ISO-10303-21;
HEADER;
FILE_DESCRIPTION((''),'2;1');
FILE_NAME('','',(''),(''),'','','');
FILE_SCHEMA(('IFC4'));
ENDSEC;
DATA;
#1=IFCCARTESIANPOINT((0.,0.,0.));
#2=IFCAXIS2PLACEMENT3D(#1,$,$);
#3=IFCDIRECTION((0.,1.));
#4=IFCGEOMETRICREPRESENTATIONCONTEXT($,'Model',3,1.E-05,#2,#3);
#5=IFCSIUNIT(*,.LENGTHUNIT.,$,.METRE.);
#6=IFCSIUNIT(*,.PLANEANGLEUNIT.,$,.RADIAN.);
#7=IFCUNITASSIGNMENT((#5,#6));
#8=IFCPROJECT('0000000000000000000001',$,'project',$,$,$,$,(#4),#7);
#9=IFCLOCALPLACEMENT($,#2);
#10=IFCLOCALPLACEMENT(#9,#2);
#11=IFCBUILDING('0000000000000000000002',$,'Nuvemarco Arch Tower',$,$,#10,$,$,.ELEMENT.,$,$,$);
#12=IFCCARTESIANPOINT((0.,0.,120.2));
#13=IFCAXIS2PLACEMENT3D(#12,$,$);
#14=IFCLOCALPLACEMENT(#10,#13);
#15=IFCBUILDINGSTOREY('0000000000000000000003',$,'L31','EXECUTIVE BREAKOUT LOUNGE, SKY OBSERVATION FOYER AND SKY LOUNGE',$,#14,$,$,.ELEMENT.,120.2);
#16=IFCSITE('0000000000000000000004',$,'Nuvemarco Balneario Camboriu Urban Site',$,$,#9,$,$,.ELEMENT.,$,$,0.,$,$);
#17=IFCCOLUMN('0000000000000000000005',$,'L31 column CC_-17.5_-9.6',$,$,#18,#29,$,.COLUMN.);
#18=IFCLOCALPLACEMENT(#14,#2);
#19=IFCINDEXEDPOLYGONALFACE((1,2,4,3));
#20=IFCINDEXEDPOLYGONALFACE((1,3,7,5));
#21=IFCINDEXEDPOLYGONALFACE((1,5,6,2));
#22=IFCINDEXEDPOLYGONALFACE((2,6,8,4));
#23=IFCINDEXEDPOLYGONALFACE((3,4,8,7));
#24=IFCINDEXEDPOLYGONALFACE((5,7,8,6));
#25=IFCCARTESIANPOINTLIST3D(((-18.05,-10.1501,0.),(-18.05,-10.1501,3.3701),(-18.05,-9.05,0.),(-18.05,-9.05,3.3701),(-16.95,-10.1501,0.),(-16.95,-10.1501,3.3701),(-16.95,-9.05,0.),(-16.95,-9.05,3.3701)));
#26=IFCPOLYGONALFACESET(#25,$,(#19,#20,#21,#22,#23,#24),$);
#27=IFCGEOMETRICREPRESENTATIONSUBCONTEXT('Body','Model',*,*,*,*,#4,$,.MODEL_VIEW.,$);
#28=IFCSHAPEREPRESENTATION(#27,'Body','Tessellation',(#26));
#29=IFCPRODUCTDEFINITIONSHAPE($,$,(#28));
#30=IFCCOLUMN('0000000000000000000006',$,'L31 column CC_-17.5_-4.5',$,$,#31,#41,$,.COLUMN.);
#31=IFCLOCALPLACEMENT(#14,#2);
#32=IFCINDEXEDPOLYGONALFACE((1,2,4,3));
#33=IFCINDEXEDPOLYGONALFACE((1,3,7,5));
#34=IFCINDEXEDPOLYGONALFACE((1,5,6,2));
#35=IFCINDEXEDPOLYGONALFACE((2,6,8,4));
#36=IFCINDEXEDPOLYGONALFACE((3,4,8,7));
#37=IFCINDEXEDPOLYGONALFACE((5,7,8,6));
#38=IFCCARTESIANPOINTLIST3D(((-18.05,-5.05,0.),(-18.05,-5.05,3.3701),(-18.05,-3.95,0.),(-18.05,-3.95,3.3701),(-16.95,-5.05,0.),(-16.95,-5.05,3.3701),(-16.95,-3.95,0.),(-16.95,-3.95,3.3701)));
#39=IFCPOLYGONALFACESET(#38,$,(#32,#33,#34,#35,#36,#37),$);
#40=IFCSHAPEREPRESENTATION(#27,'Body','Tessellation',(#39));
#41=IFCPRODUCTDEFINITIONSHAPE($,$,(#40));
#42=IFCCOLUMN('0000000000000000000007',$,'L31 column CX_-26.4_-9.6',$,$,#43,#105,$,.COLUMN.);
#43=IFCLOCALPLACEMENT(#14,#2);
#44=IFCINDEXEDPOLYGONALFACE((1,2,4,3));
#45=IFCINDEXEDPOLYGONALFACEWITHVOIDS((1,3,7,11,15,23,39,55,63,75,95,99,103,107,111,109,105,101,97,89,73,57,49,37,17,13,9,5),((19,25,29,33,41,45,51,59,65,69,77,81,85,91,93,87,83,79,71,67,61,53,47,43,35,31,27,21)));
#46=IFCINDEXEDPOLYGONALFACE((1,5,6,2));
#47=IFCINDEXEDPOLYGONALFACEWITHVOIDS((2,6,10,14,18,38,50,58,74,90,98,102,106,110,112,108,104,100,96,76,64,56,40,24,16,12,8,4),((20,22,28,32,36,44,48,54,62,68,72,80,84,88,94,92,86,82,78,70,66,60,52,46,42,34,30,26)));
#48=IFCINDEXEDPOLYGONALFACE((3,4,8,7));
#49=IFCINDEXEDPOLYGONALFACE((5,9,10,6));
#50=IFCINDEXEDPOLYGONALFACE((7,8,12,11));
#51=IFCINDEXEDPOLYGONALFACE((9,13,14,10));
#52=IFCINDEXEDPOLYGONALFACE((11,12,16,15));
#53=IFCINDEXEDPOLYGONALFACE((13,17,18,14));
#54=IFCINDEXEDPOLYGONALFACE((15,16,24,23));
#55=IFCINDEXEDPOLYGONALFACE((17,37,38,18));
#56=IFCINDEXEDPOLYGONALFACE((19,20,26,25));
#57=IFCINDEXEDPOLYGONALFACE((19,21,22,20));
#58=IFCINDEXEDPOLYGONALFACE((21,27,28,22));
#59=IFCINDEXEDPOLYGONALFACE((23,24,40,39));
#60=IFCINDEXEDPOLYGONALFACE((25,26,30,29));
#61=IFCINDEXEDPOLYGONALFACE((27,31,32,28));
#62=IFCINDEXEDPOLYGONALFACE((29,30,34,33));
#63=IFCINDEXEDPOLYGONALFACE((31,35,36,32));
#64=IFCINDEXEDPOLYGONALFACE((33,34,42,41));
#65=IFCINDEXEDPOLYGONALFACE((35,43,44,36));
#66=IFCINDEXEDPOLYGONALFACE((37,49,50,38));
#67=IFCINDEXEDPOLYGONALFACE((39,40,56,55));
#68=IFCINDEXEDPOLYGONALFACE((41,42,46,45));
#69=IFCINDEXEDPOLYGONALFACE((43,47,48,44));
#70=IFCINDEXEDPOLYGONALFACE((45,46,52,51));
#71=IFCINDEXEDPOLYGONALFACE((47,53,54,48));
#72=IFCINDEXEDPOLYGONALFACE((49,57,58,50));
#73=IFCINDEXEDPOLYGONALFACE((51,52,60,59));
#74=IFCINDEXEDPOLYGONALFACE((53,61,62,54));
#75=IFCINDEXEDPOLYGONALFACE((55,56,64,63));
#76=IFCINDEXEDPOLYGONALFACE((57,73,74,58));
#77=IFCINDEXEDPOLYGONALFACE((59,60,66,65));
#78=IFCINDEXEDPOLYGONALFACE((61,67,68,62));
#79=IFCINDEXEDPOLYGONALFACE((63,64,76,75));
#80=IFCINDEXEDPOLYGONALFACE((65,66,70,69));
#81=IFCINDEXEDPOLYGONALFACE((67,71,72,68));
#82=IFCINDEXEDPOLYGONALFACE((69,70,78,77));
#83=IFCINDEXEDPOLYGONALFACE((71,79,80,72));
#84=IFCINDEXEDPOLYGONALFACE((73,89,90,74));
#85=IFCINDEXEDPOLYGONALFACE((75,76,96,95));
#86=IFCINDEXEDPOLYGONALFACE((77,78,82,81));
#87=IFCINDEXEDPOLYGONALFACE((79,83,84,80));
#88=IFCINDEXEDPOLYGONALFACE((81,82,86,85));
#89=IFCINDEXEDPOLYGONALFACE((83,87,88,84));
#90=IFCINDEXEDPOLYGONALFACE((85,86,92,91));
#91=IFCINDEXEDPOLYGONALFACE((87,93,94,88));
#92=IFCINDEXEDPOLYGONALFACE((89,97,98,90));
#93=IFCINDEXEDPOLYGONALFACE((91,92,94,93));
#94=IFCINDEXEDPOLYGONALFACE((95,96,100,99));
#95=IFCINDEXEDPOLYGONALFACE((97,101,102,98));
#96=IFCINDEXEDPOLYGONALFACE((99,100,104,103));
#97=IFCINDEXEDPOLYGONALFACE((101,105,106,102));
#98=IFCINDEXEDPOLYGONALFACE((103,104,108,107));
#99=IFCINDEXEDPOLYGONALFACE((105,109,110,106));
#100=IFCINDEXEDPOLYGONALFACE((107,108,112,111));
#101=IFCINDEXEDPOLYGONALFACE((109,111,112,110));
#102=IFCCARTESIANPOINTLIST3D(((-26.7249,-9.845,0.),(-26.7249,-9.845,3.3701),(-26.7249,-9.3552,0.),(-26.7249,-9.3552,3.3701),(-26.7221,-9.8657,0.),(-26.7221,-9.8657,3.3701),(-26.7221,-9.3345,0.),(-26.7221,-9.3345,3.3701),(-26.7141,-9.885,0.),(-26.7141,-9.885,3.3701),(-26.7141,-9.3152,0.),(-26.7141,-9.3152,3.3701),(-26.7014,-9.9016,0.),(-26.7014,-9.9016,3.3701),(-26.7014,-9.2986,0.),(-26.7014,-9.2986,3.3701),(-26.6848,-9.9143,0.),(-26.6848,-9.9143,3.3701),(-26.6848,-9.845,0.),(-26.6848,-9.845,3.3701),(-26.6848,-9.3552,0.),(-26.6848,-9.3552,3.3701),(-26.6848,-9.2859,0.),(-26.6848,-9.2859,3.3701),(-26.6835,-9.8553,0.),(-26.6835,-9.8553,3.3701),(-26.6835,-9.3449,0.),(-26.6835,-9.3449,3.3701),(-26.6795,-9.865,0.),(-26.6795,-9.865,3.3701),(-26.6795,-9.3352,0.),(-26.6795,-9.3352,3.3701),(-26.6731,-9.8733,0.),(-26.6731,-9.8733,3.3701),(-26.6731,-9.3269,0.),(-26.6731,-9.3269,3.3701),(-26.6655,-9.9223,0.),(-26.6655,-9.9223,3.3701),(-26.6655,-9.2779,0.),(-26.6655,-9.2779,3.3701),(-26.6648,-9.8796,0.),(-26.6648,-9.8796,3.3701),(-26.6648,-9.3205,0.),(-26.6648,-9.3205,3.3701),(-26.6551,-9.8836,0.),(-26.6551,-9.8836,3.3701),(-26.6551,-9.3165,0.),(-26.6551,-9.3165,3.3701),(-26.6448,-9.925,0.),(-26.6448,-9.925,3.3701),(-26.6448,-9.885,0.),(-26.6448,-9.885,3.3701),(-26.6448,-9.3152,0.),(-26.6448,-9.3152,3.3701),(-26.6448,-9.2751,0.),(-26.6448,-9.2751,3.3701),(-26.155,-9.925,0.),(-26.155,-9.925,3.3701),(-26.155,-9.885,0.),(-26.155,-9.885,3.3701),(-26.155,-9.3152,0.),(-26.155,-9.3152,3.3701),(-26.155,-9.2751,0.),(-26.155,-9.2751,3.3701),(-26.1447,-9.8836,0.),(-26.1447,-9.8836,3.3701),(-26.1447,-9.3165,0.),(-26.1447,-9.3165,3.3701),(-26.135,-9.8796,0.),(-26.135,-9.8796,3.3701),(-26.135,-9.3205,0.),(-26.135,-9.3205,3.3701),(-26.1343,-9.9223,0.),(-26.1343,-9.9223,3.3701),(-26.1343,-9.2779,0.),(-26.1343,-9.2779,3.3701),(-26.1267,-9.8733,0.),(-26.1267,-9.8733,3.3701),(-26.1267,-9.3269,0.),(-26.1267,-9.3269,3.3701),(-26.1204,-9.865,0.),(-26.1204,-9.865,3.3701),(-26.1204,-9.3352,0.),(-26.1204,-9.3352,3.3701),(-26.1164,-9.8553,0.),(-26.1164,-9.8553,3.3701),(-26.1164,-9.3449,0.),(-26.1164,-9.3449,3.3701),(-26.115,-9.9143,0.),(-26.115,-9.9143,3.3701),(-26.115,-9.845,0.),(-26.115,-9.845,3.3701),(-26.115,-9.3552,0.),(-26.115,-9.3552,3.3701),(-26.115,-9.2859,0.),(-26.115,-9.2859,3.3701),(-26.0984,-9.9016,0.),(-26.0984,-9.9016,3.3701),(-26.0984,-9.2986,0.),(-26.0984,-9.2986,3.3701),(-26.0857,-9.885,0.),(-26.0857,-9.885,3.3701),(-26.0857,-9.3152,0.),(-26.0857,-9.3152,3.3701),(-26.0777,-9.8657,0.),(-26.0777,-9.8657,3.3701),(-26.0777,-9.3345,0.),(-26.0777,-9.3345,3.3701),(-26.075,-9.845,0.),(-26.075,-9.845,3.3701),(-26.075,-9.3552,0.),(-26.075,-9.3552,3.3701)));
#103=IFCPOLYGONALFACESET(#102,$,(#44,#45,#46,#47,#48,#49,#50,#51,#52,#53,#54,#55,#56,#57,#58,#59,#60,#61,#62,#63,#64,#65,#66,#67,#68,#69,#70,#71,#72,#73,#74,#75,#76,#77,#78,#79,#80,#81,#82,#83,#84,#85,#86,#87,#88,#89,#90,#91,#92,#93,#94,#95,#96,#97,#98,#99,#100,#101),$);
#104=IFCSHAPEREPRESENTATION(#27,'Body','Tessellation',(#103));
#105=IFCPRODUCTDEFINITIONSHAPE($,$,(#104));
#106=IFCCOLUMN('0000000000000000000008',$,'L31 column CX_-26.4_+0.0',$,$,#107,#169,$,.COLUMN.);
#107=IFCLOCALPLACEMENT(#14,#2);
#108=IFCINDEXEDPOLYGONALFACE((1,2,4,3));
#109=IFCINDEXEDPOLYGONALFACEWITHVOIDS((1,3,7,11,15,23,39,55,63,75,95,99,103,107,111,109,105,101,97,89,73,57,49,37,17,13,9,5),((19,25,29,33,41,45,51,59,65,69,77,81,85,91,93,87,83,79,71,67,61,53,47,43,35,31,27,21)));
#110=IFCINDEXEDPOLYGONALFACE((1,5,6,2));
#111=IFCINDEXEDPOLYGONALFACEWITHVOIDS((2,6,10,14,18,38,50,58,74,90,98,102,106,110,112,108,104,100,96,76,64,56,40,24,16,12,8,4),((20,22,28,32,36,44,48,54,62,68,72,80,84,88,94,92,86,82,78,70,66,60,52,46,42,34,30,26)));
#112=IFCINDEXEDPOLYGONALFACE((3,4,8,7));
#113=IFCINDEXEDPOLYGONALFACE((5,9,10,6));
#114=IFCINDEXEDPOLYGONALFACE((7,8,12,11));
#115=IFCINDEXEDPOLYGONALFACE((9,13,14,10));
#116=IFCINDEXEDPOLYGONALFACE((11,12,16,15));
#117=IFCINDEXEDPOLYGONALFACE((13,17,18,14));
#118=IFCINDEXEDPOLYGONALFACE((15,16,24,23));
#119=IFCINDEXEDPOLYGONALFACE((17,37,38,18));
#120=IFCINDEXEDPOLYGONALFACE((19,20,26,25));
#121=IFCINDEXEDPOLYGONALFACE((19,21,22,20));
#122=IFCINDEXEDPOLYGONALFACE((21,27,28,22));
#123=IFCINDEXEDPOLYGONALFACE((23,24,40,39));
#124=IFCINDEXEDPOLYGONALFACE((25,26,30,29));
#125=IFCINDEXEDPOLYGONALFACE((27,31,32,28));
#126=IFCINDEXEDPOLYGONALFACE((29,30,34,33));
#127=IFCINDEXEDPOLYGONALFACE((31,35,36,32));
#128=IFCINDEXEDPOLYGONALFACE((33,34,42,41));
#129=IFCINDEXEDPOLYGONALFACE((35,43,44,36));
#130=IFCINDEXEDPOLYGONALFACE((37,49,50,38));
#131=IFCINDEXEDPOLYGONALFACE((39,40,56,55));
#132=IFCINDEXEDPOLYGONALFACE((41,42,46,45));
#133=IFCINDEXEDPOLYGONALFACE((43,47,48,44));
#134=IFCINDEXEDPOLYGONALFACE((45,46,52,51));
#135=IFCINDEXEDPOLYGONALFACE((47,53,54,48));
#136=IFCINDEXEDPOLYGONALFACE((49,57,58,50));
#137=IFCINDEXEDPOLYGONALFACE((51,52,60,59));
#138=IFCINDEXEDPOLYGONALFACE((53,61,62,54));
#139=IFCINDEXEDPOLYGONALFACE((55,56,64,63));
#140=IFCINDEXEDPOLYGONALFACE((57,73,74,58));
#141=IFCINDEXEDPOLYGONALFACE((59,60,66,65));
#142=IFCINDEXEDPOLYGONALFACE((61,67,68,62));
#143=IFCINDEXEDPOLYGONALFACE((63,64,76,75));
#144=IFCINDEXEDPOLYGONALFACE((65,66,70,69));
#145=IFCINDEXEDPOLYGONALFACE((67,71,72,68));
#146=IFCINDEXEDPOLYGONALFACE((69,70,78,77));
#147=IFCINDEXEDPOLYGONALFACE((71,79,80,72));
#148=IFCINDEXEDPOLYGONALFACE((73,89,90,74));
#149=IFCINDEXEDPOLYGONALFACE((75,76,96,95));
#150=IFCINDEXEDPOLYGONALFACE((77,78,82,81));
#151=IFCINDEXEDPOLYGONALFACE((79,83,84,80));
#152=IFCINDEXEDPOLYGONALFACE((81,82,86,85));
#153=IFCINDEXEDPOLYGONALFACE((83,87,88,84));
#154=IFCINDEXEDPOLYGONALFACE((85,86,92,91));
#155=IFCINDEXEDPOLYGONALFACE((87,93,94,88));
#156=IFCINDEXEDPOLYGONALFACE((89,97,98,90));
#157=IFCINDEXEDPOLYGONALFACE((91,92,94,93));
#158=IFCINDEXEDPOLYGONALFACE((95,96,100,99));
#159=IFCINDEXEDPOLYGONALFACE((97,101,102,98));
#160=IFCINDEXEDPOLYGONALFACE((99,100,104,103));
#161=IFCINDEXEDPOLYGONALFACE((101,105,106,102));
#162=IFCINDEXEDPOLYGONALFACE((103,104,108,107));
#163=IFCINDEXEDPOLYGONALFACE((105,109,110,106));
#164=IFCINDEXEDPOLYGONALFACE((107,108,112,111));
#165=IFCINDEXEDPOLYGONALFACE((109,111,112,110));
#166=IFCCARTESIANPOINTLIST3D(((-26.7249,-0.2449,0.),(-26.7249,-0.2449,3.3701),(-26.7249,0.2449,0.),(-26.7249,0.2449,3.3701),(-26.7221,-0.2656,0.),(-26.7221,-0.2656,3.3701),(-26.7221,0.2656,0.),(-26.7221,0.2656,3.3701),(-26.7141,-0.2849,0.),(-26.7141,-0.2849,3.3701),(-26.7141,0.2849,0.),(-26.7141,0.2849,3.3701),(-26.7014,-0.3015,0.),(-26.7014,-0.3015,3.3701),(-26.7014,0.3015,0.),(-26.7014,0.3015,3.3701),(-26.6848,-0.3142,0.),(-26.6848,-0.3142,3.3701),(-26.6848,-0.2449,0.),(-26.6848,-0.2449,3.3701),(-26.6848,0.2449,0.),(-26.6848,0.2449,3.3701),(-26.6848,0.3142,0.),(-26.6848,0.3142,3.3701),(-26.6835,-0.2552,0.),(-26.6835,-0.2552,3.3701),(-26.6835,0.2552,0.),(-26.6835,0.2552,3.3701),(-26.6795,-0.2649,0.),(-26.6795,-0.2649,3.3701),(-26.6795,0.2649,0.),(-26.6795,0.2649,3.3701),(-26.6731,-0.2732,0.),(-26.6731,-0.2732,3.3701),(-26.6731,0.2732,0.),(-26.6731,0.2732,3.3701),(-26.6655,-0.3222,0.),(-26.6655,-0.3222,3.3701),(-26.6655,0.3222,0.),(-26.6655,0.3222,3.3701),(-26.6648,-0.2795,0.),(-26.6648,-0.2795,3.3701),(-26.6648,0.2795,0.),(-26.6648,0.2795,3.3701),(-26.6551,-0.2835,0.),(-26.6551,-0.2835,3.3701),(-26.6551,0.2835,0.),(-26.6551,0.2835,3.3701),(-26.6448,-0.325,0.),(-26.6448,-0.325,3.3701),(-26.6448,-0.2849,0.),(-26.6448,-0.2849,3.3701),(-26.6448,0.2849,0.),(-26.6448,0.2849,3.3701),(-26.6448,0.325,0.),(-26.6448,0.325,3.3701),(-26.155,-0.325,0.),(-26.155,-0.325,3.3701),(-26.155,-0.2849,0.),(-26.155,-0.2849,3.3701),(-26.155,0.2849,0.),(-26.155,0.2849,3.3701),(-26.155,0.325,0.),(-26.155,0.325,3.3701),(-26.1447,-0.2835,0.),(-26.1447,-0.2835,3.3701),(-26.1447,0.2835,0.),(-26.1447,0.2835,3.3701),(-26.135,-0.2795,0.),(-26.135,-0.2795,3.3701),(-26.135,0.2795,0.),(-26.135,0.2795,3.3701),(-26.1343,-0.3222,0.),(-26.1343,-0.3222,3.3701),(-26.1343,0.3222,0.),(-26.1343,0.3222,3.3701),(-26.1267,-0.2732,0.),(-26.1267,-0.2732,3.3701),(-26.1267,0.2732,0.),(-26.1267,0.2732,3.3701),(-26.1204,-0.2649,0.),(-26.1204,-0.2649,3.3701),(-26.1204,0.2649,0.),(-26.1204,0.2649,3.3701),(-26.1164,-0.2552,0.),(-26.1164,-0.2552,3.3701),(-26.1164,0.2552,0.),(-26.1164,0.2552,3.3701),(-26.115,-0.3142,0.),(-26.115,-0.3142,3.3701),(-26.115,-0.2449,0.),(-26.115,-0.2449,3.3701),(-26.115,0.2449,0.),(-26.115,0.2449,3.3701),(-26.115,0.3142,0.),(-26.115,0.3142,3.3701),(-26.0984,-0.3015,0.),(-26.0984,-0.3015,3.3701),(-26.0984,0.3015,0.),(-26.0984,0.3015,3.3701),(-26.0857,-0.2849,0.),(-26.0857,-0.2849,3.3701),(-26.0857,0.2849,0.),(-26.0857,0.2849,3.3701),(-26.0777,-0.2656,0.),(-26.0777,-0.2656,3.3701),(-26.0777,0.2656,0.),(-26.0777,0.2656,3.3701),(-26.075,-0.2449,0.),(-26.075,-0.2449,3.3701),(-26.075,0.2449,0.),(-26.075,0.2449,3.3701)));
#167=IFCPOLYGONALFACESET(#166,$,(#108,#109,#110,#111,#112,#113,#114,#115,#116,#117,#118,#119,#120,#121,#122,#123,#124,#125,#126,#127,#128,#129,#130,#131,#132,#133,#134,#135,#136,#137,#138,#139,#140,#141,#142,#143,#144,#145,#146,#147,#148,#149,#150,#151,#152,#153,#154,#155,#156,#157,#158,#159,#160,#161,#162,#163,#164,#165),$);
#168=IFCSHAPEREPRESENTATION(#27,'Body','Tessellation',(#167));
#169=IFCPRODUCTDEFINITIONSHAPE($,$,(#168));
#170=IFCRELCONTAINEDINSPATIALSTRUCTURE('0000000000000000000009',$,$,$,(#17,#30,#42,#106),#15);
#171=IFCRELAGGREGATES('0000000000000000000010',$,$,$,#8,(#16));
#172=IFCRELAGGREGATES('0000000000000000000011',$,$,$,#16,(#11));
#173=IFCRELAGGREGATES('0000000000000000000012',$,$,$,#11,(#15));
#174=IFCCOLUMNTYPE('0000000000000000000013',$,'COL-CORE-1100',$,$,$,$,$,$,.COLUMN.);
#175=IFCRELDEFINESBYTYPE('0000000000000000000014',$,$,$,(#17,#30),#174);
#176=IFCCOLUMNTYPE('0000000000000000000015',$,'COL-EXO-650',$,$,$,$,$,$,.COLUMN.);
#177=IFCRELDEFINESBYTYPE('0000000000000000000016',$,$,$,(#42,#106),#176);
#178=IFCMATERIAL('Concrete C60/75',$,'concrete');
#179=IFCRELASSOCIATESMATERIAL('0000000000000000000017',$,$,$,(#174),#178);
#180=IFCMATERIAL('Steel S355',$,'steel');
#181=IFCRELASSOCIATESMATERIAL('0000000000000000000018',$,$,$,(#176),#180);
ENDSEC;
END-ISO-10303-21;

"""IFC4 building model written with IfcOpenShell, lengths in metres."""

from ifc_helpers import new_model, si_unit, direction, frame, origin, origin_2d, place, context, subcontext, project, spatial, rectangle, hollow_rectangle, extrude, material, material_profile, profile_set, type_object, element, save


model = new_model("IFC4")

# Units and contexts
model_context = context("Model", 3, precision=1e-05, world=origin(), true_north=direction((0.0, 1.0)))
body_context = subcontext(model_context, "Body", "Model", "MODEL_VIEW")
ifc_project = project(units=[si_unit("LENGTHUNIT", "METRE"), si_unit("PLANEANGLEUNIT", "RADIAN")], contexts=[model_context])

# Site, building, storey
site_placement = place(None, origin())
site = spatial("IfcSite", under=ifc_project, at=site_placement, Name="Nuvemarco Balneario Camboriu Urban Site", CompositionType="ELEMENT", RefElevation=0.0)
building_placement = place(site_placement, origin())
building = spatial("IfcBuilding", under=site, at=building_placement, Name="Nuvemarco Arch Tower", CompositionType="ELEMENT")
storey_placement = place(building_placement, frame((0.0, 0.0, 120.2)))
storey = spatial("IfcBuildingStorey", under=building, at=storey_placement, Name="L31", Description="EXECUTIVE BREAKOUT LOUNGE, SKY OBSERVATION FOYER AND SKY LOUNGE", CompositionType="ELEMENT", Elevation=120.2)

# Columns
ifc_material_1 = material(Name="Concrete C60/75", Category="concrete")
ifc_material_profile_1 = material_profile(ifc_material_1, rectangle(XDim=1.1001, YDim=1.1001, at=origin_2d()), Name="RC-COL-1100x1100")
ifc_profile_set_1 = profile_set([ifc_material_profile_1], Name="Concrete C60/75")
column_type_1 = type_object("IfcColumnType", Name="COL-CORE-1100", PredefinedType="COLUMN", material=ifc_profile_set_1)
for number, where, z_axis, x_axis, name in (
    (1, (-17.5, -9.6001, 0.0), (0.0, 0.0, 1.0), (1.0, 0.0, 0.0), "L31 column CC_-17.5_-9.6"),
    (2, (-17.5, -4.5, 0.0), (0.0, 0.0, 1.0), (1.0, 0.0, 0.0), "L31 column CC_-17.5_-4.5"),
):
    element("IfcColumn", number, at=place(storey_placement, frame(where, z_axis=z_axis, x_axis=x_axis)), inside=storey, type_object=column_type_1, Name=name, PredefinedType="COLUMN", context=body_context, shape_type="SweptSolid", body=[
        extrude(rectangle(XDim=1.1001, YDim=1.1001, at=origin_2d()), origin(), (0.0, 0.0, 1.0), 3.3701),
    ])
ifc_material_2 = material(Name="Steel S355", Category="steel")
ifc_material_profile_2 = material_profile(ifc_material_2, hollow_rectangle(XDim=0.6499, YDim=0.6499, WallThickness=0.04, InnerFilletRadius=0.04, OuterFilletRadius=0.0801, at=origin_2d()), Name="SHS650x650x40")
ifc_profile_set_2 = profile_set([ifc_material_profile_2], Name="Steel S355")
column_type_2 = type_object("IfcColumnType", Name="COL-EXO-650", PredefinedType="COLUMN", material=ifc_profile_set_2)
for number, where, z_axis, x_axis, name in (
    (3, (-26.3999, -9.6001, 0.0), (0.0, 0.0, 1.0), (1.0, 0.0, 0.0), "L31 column CX_-26.4_-9.6"),
    (4, (-26.3999, 0.0, 0.0), (0.0, 0.0, 1.0), (1.0, 0.0, 0.0), "L31 column CX_-26.4_+0.0"),
):
    element("IfcColumn", number, at=place(storey_placement, frame(where, z_axis=z_axis, x_axis=x_axis)), inside=storey, type_object=column_type_2, Name=name, PredefinedType="COLUMN", context=body_context, shape_type="SweptSolid", body=[
        extrude(hollow_rectangle(XDim=0.6499, YDim=0.6499, WallThickness=0.04, InnerFilletRadius=0.04, OuterFilletRadius=0.0801, at=origin_2d()), origin(), (0.0, 0.0, 1.0), 3.3701),
    ])

save(model, "model.ifc")
